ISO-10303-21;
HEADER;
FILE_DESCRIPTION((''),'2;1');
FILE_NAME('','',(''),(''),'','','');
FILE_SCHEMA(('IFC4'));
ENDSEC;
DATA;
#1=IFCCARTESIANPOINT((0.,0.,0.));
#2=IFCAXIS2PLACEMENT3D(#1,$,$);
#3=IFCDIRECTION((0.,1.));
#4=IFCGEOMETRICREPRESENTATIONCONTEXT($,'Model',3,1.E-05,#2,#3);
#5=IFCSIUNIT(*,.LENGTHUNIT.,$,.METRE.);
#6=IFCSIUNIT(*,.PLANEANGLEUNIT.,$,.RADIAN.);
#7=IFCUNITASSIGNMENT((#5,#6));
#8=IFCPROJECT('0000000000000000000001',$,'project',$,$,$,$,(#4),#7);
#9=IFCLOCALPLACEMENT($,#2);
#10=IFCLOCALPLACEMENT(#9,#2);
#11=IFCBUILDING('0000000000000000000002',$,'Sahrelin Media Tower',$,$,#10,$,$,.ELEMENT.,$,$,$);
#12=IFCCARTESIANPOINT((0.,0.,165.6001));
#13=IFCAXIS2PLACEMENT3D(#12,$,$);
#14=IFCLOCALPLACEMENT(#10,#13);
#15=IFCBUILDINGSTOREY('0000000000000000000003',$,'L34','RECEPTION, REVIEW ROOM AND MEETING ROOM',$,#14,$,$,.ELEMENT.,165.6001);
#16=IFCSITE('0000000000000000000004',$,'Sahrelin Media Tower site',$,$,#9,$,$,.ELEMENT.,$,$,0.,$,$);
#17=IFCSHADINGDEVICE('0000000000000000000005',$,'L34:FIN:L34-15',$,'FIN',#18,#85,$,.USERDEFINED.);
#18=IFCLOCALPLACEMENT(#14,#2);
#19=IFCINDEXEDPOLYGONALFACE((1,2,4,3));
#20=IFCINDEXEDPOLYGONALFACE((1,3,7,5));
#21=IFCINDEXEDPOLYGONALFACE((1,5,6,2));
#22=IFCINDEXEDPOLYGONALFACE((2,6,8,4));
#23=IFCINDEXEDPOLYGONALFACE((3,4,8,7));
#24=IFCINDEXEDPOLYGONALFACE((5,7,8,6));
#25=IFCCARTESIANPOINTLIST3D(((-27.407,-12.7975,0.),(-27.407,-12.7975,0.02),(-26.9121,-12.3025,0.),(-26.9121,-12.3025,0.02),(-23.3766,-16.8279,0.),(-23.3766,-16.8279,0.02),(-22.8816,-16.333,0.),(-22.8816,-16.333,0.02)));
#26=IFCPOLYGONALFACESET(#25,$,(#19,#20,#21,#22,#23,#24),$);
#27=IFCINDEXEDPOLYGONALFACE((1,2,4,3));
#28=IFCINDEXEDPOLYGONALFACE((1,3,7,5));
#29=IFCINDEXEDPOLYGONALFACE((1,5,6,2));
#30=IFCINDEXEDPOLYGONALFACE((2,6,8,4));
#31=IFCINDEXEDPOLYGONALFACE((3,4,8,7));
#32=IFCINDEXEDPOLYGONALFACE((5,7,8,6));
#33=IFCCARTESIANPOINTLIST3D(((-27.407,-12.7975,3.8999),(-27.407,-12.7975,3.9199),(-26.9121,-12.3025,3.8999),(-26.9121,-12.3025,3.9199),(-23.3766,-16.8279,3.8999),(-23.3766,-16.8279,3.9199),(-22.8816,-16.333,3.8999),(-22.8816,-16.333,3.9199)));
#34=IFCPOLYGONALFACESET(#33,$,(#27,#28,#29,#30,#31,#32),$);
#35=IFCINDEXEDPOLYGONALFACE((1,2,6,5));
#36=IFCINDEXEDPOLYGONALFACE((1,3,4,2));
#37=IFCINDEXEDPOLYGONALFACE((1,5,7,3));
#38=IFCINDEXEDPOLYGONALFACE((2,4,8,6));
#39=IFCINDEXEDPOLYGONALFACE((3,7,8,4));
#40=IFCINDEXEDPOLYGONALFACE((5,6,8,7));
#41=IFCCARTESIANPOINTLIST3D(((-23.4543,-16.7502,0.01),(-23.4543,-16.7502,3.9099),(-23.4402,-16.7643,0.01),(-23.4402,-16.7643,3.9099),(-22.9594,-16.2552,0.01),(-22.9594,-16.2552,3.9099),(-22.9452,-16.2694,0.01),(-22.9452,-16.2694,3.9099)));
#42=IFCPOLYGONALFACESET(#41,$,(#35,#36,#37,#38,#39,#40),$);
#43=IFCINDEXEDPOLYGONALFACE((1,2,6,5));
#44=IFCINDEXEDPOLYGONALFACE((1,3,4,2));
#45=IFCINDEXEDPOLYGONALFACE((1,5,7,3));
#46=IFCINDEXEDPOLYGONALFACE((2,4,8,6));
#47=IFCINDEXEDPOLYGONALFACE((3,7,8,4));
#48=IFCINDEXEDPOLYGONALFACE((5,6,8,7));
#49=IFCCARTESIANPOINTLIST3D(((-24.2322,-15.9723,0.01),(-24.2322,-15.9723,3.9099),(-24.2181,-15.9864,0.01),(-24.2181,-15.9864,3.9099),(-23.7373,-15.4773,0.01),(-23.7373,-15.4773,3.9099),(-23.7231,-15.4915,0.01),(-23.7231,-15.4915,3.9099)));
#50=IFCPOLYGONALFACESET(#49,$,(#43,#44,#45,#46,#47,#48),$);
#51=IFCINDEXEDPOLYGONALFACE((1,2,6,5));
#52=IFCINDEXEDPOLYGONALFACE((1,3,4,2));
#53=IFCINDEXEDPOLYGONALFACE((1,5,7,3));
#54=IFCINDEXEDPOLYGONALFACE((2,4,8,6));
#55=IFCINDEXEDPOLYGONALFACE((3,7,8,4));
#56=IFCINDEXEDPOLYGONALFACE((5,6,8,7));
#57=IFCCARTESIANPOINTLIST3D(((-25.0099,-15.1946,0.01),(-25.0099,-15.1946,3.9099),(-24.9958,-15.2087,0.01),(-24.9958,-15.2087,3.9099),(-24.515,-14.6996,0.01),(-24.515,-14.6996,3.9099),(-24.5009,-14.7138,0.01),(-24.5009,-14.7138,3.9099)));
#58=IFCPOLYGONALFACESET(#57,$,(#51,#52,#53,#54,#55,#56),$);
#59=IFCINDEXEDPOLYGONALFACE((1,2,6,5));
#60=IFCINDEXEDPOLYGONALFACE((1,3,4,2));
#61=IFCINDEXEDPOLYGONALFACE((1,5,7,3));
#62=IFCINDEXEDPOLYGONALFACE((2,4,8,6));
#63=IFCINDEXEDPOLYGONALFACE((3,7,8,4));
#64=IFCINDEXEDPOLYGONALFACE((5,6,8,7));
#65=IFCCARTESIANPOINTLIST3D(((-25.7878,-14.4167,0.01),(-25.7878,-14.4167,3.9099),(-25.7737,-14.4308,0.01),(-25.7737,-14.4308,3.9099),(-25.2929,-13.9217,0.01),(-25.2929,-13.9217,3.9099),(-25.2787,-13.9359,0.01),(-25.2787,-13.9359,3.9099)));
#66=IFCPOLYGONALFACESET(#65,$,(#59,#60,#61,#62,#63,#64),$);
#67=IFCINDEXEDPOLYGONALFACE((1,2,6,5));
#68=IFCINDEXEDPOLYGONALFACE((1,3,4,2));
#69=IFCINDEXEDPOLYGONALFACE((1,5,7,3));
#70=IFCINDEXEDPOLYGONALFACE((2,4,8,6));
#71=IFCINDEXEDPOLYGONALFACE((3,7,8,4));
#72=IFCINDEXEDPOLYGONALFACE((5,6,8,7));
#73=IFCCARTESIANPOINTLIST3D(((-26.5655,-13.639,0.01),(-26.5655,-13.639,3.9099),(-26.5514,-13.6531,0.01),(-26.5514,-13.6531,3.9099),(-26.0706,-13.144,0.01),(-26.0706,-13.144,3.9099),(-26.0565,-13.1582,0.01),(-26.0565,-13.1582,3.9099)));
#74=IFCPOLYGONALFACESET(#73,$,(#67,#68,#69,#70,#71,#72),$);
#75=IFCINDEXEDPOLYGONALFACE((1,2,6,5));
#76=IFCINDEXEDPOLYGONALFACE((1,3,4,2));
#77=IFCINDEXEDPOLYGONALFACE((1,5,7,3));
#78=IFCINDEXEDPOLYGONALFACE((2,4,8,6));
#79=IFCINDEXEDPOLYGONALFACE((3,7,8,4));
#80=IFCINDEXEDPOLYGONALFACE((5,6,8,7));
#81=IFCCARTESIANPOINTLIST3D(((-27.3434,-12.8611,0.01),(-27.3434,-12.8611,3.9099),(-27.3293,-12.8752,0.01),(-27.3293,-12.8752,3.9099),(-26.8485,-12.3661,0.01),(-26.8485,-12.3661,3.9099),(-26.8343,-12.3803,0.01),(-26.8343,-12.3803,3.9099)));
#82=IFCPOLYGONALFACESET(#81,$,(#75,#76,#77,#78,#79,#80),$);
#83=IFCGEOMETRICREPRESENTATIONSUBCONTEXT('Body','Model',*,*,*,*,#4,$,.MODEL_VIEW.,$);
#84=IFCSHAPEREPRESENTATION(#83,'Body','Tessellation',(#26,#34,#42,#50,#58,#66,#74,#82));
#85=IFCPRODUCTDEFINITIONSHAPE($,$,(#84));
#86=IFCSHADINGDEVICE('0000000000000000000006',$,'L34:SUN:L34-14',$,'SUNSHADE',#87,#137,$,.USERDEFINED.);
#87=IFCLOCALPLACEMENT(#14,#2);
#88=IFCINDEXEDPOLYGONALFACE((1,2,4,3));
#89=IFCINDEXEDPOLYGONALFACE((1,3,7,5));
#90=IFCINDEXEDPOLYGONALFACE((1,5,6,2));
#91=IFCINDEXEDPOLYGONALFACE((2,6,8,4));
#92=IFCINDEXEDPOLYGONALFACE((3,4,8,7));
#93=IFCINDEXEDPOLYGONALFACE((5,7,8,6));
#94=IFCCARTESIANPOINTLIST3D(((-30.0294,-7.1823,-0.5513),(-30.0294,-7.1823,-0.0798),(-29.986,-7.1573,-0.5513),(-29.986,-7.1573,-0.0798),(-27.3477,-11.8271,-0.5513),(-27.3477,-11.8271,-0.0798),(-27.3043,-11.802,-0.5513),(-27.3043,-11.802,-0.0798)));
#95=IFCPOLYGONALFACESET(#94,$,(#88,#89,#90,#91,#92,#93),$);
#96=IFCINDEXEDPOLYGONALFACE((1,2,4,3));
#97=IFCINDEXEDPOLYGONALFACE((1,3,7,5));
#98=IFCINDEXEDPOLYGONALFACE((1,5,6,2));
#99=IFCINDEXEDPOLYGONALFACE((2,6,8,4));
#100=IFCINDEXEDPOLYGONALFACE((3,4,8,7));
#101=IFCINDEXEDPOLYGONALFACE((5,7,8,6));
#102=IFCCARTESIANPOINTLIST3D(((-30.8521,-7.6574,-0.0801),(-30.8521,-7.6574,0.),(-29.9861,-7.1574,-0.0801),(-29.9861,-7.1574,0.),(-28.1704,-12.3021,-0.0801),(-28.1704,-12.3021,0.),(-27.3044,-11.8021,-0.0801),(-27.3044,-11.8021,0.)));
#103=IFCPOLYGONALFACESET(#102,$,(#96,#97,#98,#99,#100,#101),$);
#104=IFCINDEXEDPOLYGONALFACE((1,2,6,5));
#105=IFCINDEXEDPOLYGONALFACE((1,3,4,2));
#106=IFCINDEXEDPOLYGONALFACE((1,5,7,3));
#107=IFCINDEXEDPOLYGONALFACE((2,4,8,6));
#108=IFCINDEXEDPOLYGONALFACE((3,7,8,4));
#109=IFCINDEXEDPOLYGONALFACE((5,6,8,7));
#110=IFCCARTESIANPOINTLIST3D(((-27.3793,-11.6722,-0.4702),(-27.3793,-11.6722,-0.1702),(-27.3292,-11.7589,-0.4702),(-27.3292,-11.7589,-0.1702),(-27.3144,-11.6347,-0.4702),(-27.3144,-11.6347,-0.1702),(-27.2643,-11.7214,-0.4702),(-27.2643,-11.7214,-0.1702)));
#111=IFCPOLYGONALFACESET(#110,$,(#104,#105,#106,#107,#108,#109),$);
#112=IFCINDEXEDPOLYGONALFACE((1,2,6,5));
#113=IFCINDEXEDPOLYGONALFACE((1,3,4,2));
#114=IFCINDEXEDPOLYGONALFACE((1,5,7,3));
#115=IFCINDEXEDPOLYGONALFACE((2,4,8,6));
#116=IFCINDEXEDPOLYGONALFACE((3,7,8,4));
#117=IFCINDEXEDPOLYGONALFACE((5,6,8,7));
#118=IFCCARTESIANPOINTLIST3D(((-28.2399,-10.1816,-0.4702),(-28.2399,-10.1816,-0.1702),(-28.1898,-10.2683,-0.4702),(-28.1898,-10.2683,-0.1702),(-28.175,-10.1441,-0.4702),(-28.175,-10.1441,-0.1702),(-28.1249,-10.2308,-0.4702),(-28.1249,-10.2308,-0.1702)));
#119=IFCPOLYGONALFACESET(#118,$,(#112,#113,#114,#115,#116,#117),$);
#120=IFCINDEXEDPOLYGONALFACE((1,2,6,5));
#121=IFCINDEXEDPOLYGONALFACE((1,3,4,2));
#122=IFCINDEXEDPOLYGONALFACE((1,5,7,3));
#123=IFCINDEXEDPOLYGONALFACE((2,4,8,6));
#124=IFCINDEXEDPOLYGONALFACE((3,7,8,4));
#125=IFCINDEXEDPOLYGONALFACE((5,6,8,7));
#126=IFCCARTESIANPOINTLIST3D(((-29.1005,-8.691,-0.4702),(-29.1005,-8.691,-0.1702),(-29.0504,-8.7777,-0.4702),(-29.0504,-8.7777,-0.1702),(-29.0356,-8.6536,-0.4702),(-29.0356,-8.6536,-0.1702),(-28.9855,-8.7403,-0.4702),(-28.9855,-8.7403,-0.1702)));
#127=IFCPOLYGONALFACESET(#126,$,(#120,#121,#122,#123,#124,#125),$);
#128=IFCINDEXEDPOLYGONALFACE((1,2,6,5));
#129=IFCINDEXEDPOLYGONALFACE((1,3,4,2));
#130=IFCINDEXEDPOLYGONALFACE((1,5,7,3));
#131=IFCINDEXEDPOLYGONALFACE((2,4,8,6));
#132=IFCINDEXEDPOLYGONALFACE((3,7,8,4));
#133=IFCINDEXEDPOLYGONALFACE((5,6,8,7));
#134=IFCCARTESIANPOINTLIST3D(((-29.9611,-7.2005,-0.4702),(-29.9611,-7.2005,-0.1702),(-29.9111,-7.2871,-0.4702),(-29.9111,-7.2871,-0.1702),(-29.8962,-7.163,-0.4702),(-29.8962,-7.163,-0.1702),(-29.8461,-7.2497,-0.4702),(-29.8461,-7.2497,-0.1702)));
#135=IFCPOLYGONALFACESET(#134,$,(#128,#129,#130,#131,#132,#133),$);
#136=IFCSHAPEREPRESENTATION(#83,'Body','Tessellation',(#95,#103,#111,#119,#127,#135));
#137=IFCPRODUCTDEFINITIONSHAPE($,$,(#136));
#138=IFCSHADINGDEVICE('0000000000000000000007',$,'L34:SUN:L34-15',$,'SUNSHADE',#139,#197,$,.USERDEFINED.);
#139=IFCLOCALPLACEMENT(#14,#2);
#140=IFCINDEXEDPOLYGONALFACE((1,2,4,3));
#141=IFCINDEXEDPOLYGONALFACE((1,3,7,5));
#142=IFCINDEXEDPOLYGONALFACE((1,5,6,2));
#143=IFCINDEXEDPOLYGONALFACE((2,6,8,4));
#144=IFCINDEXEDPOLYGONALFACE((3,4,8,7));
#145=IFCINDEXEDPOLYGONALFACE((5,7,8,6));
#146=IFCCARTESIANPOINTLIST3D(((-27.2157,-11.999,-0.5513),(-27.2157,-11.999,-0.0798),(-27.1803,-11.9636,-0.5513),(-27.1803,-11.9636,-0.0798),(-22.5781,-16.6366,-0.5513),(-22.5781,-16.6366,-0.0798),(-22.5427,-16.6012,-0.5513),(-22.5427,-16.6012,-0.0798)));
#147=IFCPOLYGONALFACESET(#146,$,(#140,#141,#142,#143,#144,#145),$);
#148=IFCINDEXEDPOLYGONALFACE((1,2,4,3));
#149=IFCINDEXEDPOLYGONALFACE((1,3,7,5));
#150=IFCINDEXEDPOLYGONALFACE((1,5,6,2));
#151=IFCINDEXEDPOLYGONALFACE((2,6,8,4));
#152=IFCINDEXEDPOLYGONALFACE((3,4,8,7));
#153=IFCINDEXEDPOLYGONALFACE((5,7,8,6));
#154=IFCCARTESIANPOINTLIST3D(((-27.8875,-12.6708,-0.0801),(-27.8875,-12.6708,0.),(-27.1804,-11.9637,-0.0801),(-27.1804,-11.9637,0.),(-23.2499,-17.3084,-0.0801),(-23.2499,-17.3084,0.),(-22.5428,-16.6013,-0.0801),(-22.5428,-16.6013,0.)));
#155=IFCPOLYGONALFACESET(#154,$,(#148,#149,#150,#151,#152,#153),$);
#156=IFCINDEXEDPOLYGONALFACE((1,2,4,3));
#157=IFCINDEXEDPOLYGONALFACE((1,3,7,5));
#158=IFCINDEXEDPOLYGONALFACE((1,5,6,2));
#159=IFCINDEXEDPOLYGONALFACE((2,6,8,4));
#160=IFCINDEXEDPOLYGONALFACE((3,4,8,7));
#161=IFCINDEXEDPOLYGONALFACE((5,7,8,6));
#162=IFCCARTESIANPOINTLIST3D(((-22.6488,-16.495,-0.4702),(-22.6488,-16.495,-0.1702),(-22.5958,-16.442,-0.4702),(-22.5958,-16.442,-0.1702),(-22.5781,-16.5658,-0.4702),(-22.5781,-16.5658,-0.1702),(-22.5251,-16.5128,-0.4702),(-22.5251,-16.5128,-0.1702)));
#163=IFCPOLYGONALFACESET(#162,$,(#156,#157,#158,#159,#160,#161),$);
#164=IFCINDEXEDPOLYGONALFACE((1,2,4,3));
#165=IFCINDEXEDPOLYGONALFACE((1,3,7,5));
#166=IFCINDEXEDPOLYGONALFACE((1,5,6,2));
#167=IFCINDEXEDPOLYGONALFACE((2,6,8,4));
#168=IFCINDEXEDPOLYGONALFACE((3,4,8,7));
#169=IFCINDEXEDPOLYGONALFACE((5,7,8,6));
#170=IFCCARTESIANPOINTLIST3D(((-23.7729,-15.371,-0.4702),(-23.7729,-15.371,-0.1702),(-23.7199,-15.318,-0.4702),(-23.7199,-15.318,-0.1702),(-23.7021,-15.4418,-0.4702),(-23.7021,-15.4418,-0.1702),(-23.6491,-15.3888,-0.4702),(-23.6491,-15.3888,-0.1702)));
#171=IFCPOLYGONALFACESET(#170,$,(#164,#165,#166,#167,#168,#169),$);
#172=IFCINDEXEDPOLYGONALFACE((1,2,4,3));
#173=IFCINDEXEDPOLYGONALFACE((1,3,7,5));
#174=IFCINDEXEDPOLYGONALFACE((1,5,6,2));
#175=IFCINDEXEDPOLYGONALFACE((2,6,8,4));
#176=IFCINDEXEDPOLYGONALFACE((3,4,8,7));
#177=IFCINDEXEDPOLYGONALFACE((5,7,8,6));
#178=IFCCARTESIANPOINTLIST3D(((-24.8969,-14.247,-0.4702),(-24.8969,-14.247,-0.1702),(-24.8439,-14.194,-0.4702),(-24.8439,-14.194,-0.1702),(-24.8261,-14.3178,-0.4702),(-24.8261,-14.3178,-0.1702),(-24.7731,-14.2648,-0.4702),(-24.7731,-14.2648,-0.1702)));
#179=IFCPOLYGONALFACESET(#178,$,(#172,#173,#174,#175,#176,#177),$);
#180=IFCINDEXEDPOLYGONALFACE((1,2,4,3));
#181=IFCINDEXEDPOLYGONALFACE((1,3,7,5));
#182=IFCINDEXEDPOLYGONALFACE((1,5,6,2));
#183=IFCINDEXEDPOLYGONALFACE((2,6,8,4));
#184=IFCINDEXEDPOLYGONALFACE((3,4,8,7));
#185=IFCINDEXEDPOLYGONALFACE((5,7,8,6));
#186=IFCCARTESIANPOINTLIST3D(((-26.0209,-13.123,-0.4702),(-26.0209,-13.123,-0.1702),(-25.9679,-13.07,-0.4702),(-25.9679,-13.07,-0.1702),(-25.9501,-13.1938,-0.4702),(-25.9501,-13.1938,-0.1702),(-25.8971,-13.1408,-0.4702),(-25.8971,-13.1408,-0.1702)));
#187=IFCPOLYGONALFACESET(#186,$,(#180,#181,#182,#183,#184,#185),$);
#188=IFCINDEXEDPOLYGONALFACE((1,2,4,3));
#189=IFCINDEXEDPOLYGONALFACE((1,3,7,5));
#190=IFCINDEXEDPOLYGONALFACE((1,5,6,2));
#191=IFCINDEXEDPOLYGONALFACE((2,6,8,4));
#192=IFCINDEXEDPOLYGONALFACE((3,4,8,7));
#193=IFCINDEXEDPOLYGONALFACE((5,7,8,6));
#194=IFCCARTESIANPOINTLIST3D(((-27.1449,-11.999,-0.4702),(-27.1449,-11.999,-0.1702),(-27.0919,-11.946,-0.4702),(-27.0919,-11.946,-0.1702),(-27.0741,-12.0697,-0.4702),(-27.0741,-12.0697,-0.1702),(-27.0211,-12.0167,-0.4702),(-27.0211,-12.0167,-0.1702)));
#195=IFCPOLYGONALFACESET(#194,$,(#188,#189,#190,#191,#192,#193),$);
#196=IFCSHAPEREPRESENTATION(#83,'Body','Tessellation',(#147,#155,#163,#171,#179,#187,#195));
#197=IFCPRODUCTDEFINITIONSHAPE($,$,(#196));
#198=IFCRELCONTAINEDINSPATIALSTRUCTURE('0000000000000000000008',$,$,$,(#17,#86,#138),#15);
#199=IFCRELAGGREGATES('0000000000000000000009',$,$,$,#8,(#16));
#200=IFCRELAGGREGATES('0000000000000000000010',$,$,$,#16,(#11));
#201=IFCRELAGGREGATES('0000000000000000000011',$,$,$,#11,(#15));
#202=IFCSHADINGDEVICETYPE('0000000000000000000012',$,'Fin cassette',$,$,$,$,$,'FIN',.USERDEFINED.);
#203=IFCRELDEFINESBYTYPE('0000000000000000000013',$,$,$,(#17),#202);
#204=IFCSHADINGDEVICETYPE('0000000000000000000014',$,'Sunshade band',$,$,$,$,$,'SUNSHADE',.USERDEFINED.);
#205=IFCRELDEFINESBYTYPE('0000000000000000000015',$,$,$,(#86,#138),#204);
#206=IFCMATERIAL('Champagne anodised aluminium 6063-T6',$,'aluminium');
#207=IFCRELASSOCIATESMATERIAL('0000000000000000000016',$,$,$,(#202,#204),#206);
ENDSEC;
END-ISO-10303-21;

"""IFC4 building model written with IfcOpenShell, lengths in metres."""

from ifc_helpers import new_model, si_unit, direction, frame, origin, origin_2d, place, context, subcontext, project, spatial, rectangle, extrude, material, type_object, element, save


model = new_model("IFC4")

# Units and contexts
model_context = context("Model", 3, precision=1e-05, world=origin(), true_north=direction((0.0, 1.0)))
body_context = subcontext(model_context, "Body", "Model", "MODEL_VIEW")
ifc_project = project(units=[si_unit("LENGTHUNIT", "METRE"), si_unit("PLANEANGLEUNIT", "RADIAN")], contexts=[model_context])

# Site, building, storey
site_placement = place(None, origin())
site = spatial("IfcSite", under=ifc_project, at=site_placement, Name="Sahrelin Media Tower site", CompositionType="ELEMENT", RefElevation=0.0)
building_placement = place(site_placement, origin())
building = spatial("IfcBuilding", under=site, at=building_placement, Name="Sahrelin Media Tower", CompositionType="ELEMENT")
storey_placement = place(building_placement, frame((0.0, 0.0, 165.6001)))
storey = spatial("IfcBuildingStorey", under=building, at=storey_placement, Name="L34", Description="RECEPTION, REVIEW ROOM AND MEETING ROOM", CompositionType="ELEMENT", Elevation=165.6001)

# Shared definitions
ifc_material_1 = material(Name="Champagne anodised aluminium 6063-T6", Category="aluminium")

# Shading devices
shading_device_type_1 = type_object("IfcShadingDeviceType", Name="Fin cassette", ElementType="FIN", PredefinedType="USERDEFINED", material=ifc_material_1)
placement_1 = place(storey_placement, frame((-28.6279, -9.4697, 0.0), z_axis=(0.0, 0.0, 1.0), x_axis=(-0.500011, 0.866019, 0.0)))
placement_2 = place(storey_placement, frame((-24.8474, -14.2683, 0.0), z_axis=(0.0, 0.0, 1.0), x_axis=(-0.707107, 0.707107, 0.0)))
element("IfcShadingDevice", 1, at=placement_2, inside=storey, type_object=shading_device_type_1, Name="L34:FIN:L34-15", ObjectType="FIN", PredefinedType="USERDEFINED", context=body_context, shape_type="SweptSolid", body=[
    extrude(rectangle(XDim=5.7, YDim=0.7, at=origin_2d()), frame((0.0, 0.4199, 0.0)), (0.0, 0.0, 1.0), 0.02),
    extrude(rectangle(XDim=5.7, YDim=0.7, at=origin_2d()), frame((0.0, 0.4199, 3.8999)), (0.0, 0.0, 1.0), 0.02),
    extrude(rectangle(XDim=0.02, YDim=0.7, at=origin_2d()), frame((-2.75, 0.4199, 0.01), z_axis=(0.0, 0.0, 1.0), x_axis=(1.0, 0.0, 0.0)), (0.0, 0.0, 1.0), 3.8999),
    extrude(rectangle(XDim=0.02, YDim=0.7, at=origin_2d()), frame((-1.6499, 0.4199, 0.01), z_axis=(0.0, 0.0, 1.0), x_axis=(1.0, 0.0, 0.0)), (0.0, 0.0, 1.0), 3.8999),
    extrude(rectangle(XDim=0.02, YDim=0.7, at=origin_2d()), frame((-0.55, 0.4199, 0.01), z_axis=(0.0, 0.0, 1.0), x_axis=(1.0, 0.0, 0.0)), (0.0, 0.0, 1.0), 3.8999),
    extrude(rectangle(XDim=0.02, YDim=0.7, at=origin_2d()), frame((0.55, 0.4199, 0.01), z_axis=(0.0, 0.0, 1.0), x_axis=(1.0, 0.0, 0.0)), (0.0, 0.0, 1.0), 3.8999),
    extrude(rectangle(XDim=0.02, YDim=0.7, at=origin_2d()), frame((1.6499, 0.4199, 0.01), z_axis=(0.0, 0.0, 1.0), x_axis=(1.0, 0.0, 0.0)), (0.0, 0.0, 1.0), 3.8999),
    extrude(rectangle(XDim=0.02, YDim=0.7, at=origin_2d()), frame((2.75, 0.4199, 0.01), z_axis=(0.0, 0.0, 1.0), x_axis=(1.0, 0.0, 0.0)), (0.0, 0.0, 1.0), 3.8999),
])
shading_device_type_2 = type_object("IfcShadingDeviceType", Name="Sunshade band", ElementType="SUNSHADE", PredefinedType="USERDEFINED", material=ifc_material_1)
element("IfcShadingDevice", 2, at=placement_1, inside=storey, type_object=shading_device_type_2, Name="L34:SUN:L34-14", ObjectType="SUNSHADE", PredefinedType="USERDEFINED", context=body_context, shape_type="SweptSolid", body=[
    extrude(rectangle(XDim=5.3633, YDim=0.05, at=origin_2d()), frame((0.0, 0.0449, -0.5513)), (0.0, 0.0, 1.0), 0.4714),
    extrude(rectangle(XDim=5.3633, YDim=1.0, at=origin_2d()), frame((0.0, 0.52, -0.0801)), (0.0, 0.0, 1.0), 0.0801),
    extrude(rectangle(XDim=0.1001, YDim=0.075, at=origin_2d()), frame((-2.5818, -0.0176, -0.4702)), (0.0, 0.0, 1.0), 0.3),
    extrude(rectangle(XDim=0.1001, YDim=0.075, at=origin_2d()), frame((-0.8606, -0.0176, -0.4702)), (0.0, 0.0, 1.0), 0.3),
    extrude(rectangle(XDim=0.1001, YDim=0.075, at=origin_2d()), frame((0.8606, -0.0176, -0.4702)), (0.0, 0.0, 1.0), 0.3),
    extrude(rectangle(XDim=0.1001, YDim=0.075, at=origin_2d()), frame((2.5818, -0.0176, -0.4702)), (0.0, 0.0, 1.0), 0.3),
])
element("IfcShadingDevice", 3, at=placement_2, inside=storey, type_object=shading_device_type_2, Name="L34:SUN:L34-15", ObjectType="SUNSHADE", PredefinedType="USERDEFINED", context=body_context, shape_type="SweptSolid", body=[
    extrude(rectangle(XDim=6.5586, YDim=0.05, at=origin_2d()), frame((0.0, 0.0449, -0.5513)), (0.0, 0.0, 1.0), 0.4714),
    extrude(rectangle(XDim=6.5586, YDim=1.0, at=origin_2d()), frame((0.0, 0.52, -0.0801)), (0.0, 0.0, 1.0), 0.0801),
    extrude(rectangle(XDim=0.1001, YDim=0.075, at=origin_2d()), frame((-3.1792, -0.0176, -0.4702)), (0.0, 0.0, 1.0), 0.3),
    extrude(rectangle(XDim=0.1001, YDim=0.075, at=origin_2d()), frame((-1.5896, -0.0176, -0.4702)), (0.0, 0.0, 1.0), 0.3),
    extrude(rectangle(XDim=0.1001, YDim=0.075, at=origin_2d()), frame((0.0, -0.0176, -0.4702)), (0.0, 0.0, 1.0), 0.3),
    extrude(rectangle(XDim=0.1001, YDim=0.075, at=origin_2d()), frame((1.5896, -0.0176, -0.4702)), (0.0, 0.0, 1.0), 0.3),
    extrude(rectangle(XDim=0.1001, YDim=0.075, at=origin_2d()), frame((3.1792, -0.0176, -0.4702)), (0.0, 0.0, 1.0), 0.3),
])

save(model, "model.ifc")
